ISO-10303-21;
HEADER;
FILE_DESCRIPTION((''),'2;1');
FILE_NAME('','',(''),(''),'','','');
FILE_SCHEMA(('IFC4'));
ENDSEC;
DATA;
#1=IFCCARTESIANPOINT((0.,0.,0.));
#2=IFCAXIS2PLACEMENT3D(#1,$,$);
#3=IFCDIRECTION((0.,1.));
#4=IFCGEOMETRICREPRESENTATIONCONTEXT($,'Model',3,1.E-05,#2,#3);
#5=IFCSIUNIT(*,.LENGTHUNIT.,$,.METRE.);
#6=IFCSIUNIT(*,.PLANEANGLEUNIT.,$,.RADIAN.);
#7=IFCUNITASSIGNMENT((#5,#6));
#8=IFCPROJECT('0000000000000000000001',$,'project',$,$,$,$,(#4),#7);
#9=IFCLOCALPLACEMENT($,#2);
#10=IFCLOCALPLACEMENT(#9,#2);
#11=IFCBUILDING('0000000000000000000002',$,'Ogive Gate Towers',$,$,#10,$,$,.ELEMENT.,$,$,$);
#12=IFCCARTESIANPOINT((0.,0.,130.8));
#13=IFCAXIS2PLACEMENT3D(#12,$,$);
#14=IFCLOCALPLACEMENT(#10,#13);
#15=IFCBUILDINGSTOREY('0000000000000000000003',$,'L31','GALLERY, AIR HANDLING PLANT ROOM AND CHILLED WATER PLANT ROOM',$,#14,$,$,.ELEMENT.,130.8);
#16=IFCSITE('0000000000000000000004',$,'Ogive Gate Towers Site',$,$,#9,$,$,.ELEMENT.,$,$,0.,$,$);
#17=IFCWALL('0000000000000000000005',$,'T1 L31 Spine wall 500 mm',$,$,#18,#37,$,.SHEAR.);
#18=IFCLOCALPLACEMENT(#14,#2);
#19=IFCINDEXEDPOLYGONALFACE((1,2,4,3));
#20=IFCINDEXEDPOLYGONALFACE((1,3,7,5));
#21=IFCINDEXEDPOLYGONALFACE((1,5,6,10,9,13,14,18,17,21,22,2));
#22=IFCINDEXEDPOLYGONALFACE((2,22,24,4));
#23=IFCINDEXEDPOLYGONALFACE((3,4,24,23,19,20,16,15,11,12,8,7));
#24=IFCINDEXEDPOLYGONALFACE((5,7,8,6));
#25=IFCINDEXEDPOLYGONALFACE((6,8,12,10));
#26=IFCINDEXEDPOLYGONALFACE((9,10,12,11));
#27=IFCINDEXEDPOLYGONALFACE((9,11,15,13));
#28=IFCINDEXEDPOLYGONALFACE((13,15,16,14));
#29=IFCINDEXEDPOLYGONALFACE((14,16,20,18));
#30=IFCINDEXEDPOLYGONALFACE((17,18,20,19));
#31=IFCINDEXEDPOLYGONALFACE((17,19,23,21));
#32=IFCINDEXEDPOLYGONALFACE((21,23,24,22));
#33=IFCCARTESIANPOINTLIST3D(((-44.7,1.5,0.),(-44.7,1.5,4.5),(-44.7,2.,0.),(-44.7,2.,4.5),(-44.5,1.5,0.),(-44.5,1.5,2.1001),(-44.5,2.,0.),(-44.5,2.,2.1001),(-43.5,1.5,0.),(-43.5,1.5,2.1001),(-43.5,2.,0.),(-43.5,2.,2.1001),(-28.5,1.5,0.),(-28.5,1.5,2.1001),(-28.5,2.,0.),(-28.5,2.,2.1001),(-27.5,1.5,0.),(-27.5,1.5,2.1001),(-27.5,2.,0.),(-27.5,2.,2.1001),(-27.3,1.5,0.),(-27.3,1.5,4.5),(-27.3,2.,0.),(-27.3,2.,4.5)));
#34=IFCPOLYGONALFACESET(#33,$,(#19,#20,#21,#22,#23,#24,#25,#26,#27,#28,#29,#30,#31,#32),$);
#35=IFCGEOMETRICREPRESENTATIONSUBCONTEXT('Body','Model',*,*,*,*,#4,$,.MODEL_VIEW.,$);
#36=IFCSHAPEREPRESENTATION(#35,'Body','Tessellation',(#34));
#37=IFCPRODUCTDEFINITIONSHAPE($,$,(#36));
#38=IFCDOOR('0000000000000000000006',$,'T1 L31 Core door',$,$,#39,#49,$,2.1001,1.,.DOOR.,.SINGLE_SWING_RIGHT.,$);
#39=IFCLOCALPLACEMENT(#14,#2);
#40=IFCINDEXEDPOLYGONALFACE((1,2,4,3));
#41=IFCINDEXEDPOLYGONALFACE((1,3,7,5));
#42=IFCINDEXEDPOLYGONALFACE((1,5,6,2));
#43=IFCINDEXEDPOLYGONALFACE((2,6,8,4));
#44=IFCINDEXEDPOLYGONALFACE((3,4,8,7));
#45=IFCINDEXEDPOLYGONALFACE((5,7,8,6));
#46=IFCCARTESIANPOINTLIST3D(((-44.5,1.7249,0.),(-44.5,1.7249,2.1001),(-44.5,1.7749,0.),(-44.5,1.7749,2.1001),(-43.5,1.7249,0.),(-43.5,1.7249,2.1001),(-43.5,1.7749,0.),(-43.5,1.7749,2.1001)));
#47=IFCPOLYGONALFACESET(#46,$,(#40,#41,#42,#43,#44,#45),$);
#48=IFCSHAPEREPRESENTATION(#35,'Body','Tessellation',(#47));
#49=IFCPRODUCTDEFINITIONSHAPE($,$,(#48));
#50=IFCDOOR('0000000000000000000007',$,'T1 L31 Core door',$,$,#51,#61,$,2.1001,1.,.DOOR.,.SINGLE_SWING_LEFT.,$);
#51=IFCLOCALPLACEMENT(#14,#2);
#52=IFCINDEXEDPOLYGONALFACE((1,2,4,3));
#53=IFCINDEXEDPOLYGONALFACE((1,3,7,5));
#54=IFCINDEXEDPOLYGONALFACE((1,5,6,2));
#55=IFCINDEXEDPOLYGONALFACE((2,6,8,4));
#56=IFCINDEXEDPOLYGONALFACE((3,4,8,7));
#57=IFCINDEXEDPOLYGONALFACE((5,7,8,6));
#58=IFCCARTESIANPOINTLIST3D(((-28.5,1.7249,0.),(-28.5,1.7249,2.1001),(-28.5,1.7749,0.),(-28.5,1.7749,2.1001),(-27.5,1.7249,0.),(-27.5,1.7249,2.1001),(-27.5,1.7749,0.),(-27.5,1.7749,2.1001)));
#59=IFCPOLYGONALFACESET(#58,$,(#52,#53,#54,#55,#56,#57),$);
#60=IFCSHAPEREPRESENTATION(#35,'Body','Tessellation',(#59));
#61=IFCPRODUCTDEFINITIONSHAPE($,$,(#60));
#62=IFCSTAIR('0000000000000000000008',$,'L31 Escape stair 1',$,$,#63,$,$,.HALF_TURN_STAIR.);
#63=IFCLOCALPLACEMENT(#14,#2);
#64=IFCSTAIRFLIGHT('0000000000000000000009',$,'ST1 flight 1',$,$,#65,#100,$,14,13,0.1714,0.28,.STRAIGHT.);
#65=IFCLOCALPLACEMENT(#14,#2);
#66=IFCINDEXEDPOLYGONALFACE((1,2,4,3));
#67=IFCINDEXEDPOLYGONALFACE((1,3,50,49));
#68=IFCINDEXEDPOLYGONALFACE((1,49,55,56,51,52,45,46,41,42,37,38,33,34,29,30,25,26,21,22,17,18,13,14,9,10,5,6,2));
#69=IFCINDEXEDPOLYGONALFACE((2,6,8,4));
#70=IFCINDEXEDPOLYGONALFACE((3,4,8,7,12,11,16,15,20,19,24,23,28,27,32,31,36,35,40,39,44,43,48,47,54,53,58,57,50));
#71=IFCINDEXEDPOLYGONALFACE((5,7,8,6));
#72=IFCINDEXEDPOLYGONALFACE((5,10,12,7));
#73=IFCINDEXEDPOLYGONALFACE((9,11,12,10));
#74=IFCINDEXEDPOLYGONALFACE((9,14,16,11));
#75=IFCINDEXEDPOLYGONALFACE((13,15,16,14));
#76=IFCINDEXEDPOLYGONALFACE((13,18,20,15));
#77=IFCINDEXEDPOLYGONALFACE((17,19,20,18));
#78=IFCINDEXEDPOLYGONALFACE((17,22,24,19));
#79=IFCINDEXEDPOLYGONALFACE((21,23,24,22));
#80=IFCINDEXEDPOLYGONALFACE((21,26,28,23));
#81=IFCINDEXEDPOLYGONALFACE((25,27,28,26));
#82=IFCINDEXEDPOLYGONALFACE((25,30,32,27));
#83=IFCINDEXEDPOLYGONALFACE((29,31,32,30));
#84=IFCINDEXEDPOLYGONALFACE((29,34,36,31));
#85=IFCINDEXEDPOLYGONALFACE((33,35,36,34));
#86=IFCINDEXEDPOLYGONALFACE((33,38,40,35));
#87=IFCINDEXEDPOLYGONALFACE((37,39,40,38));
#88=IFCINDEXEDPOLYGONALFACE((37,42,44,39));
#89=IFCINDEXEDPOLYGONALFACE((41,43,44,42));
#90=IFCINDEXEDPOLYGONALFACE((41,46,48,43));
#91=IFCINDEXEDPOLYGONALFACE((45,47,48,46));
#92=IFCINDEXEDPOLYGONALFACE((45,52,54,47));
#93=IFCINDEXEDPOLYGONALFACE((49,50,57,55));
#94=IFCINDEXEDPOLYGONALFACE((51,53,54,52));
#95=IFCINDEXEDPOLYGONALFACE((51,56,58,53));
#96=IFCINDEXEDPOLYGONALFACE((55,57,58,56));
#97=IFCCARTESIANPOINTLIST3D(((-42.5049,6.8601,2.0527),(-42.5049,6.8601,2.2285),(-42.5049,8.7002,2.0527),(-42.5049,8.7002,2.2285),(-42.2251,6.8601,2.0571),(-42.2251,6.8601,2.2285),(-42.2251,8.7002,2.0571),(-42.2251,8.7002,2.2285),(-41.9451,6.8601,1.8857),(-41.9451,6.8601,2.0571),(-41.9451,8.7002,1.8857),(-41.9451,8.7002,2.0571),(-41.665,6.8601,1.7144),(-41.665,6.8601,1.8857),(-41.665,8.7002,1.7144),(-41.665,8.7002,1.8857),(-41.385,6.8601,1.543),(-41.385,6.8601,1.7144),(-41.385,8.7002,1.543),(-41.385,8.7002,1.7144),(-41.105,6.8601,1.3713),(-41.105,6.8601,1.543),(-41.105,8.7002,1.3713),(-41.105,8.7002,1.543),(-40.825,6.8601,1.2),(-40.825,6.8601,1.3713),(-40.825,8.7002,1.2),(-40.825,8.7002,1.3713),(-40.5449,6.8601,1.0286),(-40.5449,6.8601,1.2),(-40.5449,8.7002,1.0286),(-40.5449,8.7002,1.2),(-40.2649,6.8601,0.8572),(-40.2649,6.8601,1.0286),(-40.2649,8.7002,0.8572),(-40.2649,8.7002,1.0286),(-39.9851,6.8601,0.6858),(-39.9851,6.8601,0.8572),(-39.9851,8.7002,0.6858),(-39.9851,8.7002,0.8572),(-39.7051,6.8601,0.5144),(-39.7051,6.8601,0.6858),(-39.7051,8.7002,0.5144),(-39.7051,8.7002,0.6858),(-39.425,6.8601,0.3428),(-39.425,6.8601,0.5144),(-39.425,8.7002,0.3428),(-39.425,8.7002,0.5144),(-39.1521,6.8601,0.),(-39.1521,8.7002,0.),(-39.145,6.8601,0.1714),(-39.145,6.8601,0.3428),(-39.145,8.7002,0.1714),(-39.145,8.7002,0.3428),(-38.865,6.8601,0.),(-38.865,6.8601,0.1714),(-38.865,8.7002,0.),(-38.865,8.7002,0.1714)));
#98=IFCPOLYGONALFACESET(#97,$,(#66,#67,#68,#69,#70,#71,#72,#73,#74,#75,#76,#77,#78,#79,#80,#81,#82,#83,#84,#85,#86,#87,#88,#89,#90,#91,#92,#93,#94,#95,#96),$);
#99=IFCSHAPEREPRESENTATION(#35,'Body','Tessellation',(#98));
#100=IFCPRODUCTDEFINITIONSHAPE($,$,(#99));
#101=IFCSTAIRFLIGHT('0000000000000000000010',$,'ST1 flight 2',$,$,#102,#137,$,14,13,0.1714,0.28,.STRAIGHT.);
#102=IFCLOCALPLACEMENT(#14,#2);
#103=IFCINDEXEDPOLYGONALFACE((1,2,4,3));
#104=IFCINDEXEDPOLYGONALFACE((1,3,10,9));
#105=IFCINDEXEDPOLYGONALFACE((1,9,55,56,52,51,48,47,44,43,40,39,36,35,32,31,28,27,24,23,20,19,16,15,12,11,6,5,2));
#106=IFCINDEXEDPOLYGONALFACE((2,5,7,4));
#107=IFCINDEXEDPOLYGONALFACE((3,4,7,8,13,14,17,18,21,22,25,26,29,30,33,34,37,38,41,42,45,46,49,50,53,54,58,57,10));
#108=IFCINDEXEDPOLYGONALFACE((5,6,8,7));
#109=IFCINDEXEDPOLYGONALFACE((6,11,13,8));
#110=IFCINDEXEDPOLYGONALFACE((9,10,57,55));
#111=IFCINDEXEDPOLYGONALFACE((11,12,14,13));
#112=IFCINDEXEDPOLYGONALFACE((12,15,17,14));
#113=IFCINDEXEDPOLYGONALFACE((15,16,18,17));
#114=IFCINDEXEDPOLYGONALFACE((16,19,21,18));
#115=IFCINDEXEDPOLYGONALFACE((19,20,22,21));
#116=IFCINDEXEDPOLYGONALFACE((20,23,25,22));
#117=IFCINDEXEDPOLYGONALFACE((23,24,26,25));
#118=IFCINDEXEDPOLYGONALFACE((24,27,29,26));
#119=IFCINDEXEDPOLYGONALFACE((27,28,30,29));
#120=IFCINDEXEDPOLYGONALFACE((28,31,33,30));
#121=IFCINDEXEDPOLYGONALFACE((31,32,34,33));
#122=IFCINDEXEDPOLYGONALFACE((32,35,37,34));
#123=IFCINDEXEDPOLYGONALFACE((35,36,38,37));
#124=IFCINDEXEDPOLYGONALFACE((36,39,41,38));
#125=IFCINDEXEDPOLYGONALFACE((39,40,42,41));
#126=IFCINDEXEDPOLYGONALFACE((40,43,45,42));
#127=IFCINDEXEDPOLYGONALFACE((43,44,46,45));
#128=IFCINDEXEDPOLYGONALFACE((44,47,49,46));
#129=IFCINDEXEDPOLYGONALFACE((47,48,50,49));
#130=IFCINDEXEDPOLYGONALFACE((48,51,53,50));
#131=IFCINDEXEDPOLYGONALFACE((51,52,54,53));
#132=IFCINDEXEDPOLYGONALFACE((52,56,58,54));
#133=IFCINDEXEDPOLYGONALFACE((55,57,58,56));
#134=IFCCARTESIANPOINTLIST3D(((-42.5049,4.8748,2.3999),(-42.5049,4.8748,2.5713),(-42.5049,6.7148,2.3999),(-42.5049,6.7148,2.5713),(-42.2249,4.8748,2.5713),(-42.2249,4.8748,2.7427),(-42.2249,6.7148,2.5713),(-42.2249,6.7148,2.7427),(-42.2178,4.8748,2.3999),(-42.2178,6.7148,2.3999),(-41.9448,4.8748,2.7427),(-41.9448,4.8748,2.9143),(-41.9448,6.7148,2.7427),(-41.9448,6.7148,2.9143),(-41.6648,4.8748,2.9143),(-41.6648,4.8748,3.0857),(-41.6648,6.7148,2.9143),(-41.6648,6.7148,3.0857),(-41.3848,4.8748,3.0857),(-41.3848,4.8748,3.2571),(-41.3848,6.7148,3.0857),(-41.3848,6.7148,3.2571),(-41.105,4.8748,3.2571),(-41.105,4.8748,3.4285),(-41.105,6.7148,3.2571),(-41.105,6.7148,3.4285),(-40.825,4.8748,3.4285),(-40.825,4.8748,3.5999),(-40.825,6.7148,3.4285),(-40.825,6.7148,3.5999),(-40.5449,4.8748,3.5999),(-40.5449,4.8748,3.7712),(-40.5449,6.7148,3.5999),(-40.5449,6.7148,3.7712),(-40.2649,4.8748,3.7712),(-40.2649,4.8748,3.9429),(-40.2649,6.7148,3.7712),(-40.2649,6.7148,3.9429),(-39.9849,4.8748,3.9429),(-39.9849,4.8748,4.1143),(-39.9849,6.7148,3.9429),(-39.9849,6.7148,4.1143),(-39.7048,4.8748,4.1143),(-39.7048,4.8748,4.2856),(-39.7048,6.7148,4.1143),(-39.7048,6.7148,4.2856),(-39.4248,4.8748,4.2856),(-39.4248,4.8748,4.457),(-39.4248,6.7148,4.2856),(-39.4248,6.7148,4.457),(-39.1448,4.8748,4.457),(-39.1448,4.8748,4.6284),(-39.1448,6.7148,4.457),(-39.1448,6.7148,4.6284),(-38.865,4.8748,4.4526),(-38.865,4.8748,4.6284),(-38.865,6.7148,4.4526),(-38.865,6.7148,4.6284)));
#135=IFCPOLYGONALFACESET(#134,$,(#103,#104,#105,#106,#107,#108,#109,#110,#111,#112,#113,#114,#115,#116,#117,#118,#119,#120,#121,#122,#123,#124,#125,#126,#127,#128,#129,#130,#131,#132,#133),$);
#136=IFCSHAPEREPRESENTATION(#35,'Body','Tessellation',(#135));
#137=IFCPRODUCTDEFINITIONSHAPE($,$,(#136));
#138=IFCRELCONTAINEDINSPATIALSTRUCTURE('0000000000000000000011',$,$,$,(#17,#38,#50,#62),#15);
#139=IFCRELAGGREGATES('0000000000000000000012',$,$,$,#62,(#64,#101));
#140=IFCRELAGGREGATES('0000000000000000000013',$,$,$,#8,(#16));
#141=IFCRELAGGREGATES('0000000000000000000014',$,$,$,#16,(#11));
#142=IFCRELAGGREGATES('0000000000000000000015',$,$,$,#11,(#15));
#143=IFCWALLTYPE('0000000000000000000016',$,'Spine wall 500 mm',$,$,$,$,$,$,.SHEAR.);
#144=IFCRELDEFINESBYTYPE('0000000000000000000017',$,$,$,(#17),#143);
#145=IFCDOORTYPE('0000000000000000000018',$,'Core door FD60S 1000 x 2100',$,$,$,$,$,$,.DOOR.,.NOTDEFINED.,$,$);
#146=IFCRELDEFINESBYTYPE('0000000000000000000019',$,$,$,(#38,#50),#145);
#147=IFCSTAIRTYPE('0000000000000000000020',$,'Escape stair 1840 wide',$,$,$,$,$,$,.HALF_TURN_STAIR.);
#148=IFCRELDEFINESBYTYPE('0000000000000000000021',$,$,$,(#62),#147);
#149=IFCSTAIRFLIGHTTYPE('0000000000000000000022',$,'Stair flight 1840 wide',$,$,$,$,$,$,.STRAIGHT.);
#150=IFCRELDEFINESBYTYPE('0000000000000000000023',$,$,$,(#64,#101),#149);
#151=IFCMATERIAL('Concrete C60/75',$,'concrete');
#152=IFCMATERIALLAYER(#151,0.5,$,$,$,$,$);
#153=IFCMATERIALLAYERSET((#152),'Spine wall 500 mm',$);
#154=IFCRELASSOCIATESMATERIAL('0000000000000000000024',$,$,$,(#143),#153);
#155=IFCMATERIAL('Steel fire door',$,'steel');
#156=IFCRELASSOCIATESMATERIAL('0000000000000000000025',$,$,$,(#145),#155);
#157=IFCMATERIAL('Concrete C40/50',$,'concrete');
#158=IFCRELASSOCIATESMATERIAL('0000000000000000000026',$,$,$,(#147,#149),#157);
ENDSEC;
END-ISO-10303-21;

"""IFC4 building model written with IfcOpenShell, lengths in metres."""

from ifc_helpers import new_model, si_unit, direction, frame, frame_2d, origin, place, context, subcontext, project, spatial, polyline, rectangle, outline, extrude, material, layer, layer_set, type_object, element, fill, aggregate, save


model = new_model("IFC4")

# Units and contexts
model_context = context("Model", 3, precision=1e-05, world=origin(), true_north=direction((0.0, 1.0)))
body_context = subcontext(model_context, "Body", "Model", "MODEL_VIEW")
ifc_project = project(units=[si_unit("LENGTHUNIT", "METRE"), si_unit("PLANEANGLEUNIT", "RADIAN")], contexts=[model_context])

# Site, building, storey
site_placement = place(None, origin())
site = spatial("IfcSite", under=ifc_project, at=site_placement, Name="Ogive Gate Towers Site", CompositionType="ELEMENT", RefElevation=0.0)
building_placement = place(site_placement, origin())
building = spatial("IfcBuilding", under=site, at=building_placement, Name="Ogive Gate Towers", CompositionType="ELEMENT")
storey_placement = place(building_placement, frame((0.0, 0.0, 130.8)))
storey = spatial("IfcBuildingStorey", under=building, at=storey_placement, Name="L31", Description="GALLERY, AIR HANDLING PLANT ROOM AND CHILLED WATER PLANT ROOM", CompositionType="ELEMENT", Elevation=130.8)

# Shared definitions
ifc_material_1 = material(Name="Concrete C60/75", Category="concrete")
ifc_material_2 = material(Name="Steel fire door", Category="steel")

# Wall, openings, doors
ifc_layer_1 = layer(ifc_material_1, 0.5)
ifc_layer_set_1 = layer_set([ifc_layer_1], Name="Spine wall 500 mm")
wall_type_1 = type_object("IfcWallType", Name="Spine wall 500 mm", PredefinedType="SHEAR", material=ifc_layer_set_1)
wall_1_placement = place(storey_placement, frame((-44.7, 1.75, 0.0), z_axis=(0.0, 0.0, 1.0), x_axis=(1.0, 0.0, 0.0)))
wall_1 = element("IfcWall", 1, at=wall_1_placement, inside=storey, type_object=wall_type_1, Name="T1 L31 Spine wall 500 mm", PredefinedType="SHEAR", context=body_context, shape_type="SweptSolid", body=[
    extrude(rectangle(XDim=17.3999, YDim=0.5, at=frame_2d((8.7, 0.0))), origin(), (0.0, 0.0, 1.0), 4.5),
])
opening_1_placement = place(wall_1_placement, frame((0.2, 0.0, 0.0)))
opening_1 = element("IfcOpeningElement", 2, at=opening_1_placement, cuts=wall_1, PredefinedType="OPENING", context=body_context, shape_type="SweptSolid", body=[
    extrude(rectangle(XDim=1.0, YDim=2.1001, at=frame_2d((0.5, 1.05))), frame((0.0, 0.26, 0.0), z_axis=(0.0, -1.0, 0.0), x_axis=(1.0, 0.0, 0.0)), (0.0, 0.0, 1.0), 0.52),
])
opening_2_placement = place(wall_1_placement, frame((16.2, 0.0, 0.0)))
opening_2 = element("IfcOpeningElement", 3, at=opening_2_placement, cuts=wall_1, PredefinedType="OPENING", context=body_context, shape_type="SweptSolid", body=[
    extrude(rectangle(XDim=1.0, YDim=2.1001, at=frame_2d((0.5, 1.05))), frame((0.0, 0.26, 0.0), z_axis=(0.0, -1.0, 0.0), x_axis=(1.0, 0.0, 0.0)), (0.0, 0.0, 1.0), 0.52),
])
door_type_1 = type_object("IfcDoorType", Name="Core door FD60S 1000 x 2100", OperationType="NOTDEFINED", PredefinedType="DOOR", material=ifc_material_2)
door_1_placement = place(opening_1_placement, origin())
door_1 = element("IfcDoor", 4, at=door_1_placement, inside=storey, type_object=door_type_1, Name="T1 L31 Core door", OperationType="SINGLE_SWING_RIGHT", OverallHeight=2.1001, OverallWidth=1.0, PredefinedType="DOOR", context=body_context, shape_type="SweptSolid", body=[
    extrude(rectangle(XDim=1.0, YDim=2.1001, at=frame_2d((0.5, 1.05))), frame((0.0, 0.0249, 0.0), z_axis=(0.0, -1.0, 0.0), x_axis=(1.0, 0.0, 0.0)), (0.0, 0.0, 1.0), 0.05),
])
fill(opening_1, door_1)
door_2_placement = place(opening_2_placement, origin())
door_2 = element("IfcDoor", 5, at=door_2_placement, inside=storey, type_object=door_type_1, Name="T1 L31 Core door", OperationType="SINGLE_SWING_LEFT", OverallHeight=2.1001, OverallWidth=1.0, PredefinedType="DOOR", context=body_context, shape_type="SweptSolid", body=[
    extrude(rectangle(XDim=1.0, YDim=2.1001, at=frame_2d((0.5, 1.05))), frame((0.0, 0.0249, 0.0), z_axis=(0.0, -1.0, 0.0), x_axis=(1.0, 0.0, 0.0)), (0.0, 0.0, 1.0), 0.05),
])
fill(opening_2, door_2)

# Stair, stair flights
ifc_material_3 = material(Name="Concrete C40/50", Category="concrete")
stair_type = type_object("IfcStairType", Name="Escape stair 1840 wide", PredefinedType="HALF_TURN_STAIR", material=ifc_material_3)
stair_placement = place(storey_placement, origin())
stair = element("IfcStair", 6, at=stair_placement, inside=storey, type_object=stair_type, Name="L31 Escape stair 1", PredefinedType="HALF_TURN_STAIR")
stair_flight_type = type_object("IfcStairFlightType", Name="Stair flight 1840 wide", PredefinedType="STRAIGHT", material=ifc_material_3)
stair_flight_1_placement = place(storey_placement, frame((-38.865, 7.78, 0.0), z_axis=(0.0, 0.0, 1.0), x_axis=(-1.0, 0.0, 0.0)))
stair_flight_1 = element("IfcStairFlight", 7, at=stair_flight_1_placement, type_object=stair_flight_type, Name="ST1 flight 1", NumberOfRisers=14, NumberOfTreads=13, PredefinedType="STRAIGHT", RiserHeight=0.1714, TreadLength=0.28, context=body_context, shape_type="SweptSolid", body=[
    extrude(outline(polyline([(0.0, 0.0), (0.0, 0.1714), (0.28, 0.1714), (0.28, 0.3428), (0.5601, 0.3428), (0.5601, 0.5144), (0.8401, 0.5144), (0.8401, 0.6858), (1.1201, 0.6858), (1.1201, 0.8572), (1.3999, 0.8572), (1.3999, 1.0286), (1.6799, 1.0286), (1.6799, 1.2), (1.96, 1.2), (1.96, 1.3713), (2.24, 1.3713), (2.24, 1.543), (2.52, 1.543), (2.52, 1.7144), (2.8, 1.7144), (2.8, 1.8857), (3.0801, 1.8857), (3.0801, 2.0571), (3.3601, 2.0571), (3.3601, 2.2285), (3.6399, 2.2285), (3.6399, 2.3999), (3.6399, 2.0527), (0.2871, 0.0), (0.0, 0.0)])), frame((0.0, 0.9199, 0.0), z_axis=(0.0, -1.0, 0.0), x_axis=(1.0, 0.0, 0.0)), (0.0, 0.0, 1.0), 1.8401),
])
stair_flight_2_placement = place(storey_placement, frame((-42.5049, 5.7949, 2.3999), z_axis=(0.0, 0.0, 1.0), x_axis=(1.0, 0.0, 0.0)))
stair_flight_2 = element("IfcStairFlight", 8, at=stair_flight_2_placement, type_object=stair_flight_type, Name="ST1 flight 2", NumberOfRisers=14, NumberOfTreads=13, PredefinedType="STRAIGHT", RiserHeight=0.1714, TreadLength=0.28, context=body_context, shape_type="SweptSolid", body=[
    extrude(outline(polyline([(0.0, 0.0), (0.0, 0.1714), (0.28, 0.1714), (0.28, 0.3428), (0.5601, 0.3428), (0.5601, 0.5144), (0.8401, 0.5144), (0.8401, 0.6858), (1.1201, 0.6858), (1.1201, 0.8572), (1.3999, 0.8572), (1.3999, 1.0286), (1.6799, 1.0286), (1.6799, 1.2), (1.96, 1.2), (1.96, 1.3713), (2.24, 1.3713), (2.24, 1.543), (2.52, 1.543), (2.52, 1.7144), (2.8, 1.7144), (2.8, 1.8857), (3.0801, 1.8857), (3.0801, 2.0571), (3.3601, 2.0571), (3.3601, 2.2285), (3.6399, 2.2285), (3.6399, 2.3999), (3.6399, 2.0527), (0.2871, 0.0), (0.0, 0.0)])), frame((0.0, 0.9199, 0.0), z_axis=(0.0, -1.0, 0.0), x_axis=(1.0, 0.0, 0.0)), (0.0, 0.0, 1.0), 1.8401),
])
aggregate(stair, [stair_flight_1, stair_flight_2])

save(model, "model.ifc")
